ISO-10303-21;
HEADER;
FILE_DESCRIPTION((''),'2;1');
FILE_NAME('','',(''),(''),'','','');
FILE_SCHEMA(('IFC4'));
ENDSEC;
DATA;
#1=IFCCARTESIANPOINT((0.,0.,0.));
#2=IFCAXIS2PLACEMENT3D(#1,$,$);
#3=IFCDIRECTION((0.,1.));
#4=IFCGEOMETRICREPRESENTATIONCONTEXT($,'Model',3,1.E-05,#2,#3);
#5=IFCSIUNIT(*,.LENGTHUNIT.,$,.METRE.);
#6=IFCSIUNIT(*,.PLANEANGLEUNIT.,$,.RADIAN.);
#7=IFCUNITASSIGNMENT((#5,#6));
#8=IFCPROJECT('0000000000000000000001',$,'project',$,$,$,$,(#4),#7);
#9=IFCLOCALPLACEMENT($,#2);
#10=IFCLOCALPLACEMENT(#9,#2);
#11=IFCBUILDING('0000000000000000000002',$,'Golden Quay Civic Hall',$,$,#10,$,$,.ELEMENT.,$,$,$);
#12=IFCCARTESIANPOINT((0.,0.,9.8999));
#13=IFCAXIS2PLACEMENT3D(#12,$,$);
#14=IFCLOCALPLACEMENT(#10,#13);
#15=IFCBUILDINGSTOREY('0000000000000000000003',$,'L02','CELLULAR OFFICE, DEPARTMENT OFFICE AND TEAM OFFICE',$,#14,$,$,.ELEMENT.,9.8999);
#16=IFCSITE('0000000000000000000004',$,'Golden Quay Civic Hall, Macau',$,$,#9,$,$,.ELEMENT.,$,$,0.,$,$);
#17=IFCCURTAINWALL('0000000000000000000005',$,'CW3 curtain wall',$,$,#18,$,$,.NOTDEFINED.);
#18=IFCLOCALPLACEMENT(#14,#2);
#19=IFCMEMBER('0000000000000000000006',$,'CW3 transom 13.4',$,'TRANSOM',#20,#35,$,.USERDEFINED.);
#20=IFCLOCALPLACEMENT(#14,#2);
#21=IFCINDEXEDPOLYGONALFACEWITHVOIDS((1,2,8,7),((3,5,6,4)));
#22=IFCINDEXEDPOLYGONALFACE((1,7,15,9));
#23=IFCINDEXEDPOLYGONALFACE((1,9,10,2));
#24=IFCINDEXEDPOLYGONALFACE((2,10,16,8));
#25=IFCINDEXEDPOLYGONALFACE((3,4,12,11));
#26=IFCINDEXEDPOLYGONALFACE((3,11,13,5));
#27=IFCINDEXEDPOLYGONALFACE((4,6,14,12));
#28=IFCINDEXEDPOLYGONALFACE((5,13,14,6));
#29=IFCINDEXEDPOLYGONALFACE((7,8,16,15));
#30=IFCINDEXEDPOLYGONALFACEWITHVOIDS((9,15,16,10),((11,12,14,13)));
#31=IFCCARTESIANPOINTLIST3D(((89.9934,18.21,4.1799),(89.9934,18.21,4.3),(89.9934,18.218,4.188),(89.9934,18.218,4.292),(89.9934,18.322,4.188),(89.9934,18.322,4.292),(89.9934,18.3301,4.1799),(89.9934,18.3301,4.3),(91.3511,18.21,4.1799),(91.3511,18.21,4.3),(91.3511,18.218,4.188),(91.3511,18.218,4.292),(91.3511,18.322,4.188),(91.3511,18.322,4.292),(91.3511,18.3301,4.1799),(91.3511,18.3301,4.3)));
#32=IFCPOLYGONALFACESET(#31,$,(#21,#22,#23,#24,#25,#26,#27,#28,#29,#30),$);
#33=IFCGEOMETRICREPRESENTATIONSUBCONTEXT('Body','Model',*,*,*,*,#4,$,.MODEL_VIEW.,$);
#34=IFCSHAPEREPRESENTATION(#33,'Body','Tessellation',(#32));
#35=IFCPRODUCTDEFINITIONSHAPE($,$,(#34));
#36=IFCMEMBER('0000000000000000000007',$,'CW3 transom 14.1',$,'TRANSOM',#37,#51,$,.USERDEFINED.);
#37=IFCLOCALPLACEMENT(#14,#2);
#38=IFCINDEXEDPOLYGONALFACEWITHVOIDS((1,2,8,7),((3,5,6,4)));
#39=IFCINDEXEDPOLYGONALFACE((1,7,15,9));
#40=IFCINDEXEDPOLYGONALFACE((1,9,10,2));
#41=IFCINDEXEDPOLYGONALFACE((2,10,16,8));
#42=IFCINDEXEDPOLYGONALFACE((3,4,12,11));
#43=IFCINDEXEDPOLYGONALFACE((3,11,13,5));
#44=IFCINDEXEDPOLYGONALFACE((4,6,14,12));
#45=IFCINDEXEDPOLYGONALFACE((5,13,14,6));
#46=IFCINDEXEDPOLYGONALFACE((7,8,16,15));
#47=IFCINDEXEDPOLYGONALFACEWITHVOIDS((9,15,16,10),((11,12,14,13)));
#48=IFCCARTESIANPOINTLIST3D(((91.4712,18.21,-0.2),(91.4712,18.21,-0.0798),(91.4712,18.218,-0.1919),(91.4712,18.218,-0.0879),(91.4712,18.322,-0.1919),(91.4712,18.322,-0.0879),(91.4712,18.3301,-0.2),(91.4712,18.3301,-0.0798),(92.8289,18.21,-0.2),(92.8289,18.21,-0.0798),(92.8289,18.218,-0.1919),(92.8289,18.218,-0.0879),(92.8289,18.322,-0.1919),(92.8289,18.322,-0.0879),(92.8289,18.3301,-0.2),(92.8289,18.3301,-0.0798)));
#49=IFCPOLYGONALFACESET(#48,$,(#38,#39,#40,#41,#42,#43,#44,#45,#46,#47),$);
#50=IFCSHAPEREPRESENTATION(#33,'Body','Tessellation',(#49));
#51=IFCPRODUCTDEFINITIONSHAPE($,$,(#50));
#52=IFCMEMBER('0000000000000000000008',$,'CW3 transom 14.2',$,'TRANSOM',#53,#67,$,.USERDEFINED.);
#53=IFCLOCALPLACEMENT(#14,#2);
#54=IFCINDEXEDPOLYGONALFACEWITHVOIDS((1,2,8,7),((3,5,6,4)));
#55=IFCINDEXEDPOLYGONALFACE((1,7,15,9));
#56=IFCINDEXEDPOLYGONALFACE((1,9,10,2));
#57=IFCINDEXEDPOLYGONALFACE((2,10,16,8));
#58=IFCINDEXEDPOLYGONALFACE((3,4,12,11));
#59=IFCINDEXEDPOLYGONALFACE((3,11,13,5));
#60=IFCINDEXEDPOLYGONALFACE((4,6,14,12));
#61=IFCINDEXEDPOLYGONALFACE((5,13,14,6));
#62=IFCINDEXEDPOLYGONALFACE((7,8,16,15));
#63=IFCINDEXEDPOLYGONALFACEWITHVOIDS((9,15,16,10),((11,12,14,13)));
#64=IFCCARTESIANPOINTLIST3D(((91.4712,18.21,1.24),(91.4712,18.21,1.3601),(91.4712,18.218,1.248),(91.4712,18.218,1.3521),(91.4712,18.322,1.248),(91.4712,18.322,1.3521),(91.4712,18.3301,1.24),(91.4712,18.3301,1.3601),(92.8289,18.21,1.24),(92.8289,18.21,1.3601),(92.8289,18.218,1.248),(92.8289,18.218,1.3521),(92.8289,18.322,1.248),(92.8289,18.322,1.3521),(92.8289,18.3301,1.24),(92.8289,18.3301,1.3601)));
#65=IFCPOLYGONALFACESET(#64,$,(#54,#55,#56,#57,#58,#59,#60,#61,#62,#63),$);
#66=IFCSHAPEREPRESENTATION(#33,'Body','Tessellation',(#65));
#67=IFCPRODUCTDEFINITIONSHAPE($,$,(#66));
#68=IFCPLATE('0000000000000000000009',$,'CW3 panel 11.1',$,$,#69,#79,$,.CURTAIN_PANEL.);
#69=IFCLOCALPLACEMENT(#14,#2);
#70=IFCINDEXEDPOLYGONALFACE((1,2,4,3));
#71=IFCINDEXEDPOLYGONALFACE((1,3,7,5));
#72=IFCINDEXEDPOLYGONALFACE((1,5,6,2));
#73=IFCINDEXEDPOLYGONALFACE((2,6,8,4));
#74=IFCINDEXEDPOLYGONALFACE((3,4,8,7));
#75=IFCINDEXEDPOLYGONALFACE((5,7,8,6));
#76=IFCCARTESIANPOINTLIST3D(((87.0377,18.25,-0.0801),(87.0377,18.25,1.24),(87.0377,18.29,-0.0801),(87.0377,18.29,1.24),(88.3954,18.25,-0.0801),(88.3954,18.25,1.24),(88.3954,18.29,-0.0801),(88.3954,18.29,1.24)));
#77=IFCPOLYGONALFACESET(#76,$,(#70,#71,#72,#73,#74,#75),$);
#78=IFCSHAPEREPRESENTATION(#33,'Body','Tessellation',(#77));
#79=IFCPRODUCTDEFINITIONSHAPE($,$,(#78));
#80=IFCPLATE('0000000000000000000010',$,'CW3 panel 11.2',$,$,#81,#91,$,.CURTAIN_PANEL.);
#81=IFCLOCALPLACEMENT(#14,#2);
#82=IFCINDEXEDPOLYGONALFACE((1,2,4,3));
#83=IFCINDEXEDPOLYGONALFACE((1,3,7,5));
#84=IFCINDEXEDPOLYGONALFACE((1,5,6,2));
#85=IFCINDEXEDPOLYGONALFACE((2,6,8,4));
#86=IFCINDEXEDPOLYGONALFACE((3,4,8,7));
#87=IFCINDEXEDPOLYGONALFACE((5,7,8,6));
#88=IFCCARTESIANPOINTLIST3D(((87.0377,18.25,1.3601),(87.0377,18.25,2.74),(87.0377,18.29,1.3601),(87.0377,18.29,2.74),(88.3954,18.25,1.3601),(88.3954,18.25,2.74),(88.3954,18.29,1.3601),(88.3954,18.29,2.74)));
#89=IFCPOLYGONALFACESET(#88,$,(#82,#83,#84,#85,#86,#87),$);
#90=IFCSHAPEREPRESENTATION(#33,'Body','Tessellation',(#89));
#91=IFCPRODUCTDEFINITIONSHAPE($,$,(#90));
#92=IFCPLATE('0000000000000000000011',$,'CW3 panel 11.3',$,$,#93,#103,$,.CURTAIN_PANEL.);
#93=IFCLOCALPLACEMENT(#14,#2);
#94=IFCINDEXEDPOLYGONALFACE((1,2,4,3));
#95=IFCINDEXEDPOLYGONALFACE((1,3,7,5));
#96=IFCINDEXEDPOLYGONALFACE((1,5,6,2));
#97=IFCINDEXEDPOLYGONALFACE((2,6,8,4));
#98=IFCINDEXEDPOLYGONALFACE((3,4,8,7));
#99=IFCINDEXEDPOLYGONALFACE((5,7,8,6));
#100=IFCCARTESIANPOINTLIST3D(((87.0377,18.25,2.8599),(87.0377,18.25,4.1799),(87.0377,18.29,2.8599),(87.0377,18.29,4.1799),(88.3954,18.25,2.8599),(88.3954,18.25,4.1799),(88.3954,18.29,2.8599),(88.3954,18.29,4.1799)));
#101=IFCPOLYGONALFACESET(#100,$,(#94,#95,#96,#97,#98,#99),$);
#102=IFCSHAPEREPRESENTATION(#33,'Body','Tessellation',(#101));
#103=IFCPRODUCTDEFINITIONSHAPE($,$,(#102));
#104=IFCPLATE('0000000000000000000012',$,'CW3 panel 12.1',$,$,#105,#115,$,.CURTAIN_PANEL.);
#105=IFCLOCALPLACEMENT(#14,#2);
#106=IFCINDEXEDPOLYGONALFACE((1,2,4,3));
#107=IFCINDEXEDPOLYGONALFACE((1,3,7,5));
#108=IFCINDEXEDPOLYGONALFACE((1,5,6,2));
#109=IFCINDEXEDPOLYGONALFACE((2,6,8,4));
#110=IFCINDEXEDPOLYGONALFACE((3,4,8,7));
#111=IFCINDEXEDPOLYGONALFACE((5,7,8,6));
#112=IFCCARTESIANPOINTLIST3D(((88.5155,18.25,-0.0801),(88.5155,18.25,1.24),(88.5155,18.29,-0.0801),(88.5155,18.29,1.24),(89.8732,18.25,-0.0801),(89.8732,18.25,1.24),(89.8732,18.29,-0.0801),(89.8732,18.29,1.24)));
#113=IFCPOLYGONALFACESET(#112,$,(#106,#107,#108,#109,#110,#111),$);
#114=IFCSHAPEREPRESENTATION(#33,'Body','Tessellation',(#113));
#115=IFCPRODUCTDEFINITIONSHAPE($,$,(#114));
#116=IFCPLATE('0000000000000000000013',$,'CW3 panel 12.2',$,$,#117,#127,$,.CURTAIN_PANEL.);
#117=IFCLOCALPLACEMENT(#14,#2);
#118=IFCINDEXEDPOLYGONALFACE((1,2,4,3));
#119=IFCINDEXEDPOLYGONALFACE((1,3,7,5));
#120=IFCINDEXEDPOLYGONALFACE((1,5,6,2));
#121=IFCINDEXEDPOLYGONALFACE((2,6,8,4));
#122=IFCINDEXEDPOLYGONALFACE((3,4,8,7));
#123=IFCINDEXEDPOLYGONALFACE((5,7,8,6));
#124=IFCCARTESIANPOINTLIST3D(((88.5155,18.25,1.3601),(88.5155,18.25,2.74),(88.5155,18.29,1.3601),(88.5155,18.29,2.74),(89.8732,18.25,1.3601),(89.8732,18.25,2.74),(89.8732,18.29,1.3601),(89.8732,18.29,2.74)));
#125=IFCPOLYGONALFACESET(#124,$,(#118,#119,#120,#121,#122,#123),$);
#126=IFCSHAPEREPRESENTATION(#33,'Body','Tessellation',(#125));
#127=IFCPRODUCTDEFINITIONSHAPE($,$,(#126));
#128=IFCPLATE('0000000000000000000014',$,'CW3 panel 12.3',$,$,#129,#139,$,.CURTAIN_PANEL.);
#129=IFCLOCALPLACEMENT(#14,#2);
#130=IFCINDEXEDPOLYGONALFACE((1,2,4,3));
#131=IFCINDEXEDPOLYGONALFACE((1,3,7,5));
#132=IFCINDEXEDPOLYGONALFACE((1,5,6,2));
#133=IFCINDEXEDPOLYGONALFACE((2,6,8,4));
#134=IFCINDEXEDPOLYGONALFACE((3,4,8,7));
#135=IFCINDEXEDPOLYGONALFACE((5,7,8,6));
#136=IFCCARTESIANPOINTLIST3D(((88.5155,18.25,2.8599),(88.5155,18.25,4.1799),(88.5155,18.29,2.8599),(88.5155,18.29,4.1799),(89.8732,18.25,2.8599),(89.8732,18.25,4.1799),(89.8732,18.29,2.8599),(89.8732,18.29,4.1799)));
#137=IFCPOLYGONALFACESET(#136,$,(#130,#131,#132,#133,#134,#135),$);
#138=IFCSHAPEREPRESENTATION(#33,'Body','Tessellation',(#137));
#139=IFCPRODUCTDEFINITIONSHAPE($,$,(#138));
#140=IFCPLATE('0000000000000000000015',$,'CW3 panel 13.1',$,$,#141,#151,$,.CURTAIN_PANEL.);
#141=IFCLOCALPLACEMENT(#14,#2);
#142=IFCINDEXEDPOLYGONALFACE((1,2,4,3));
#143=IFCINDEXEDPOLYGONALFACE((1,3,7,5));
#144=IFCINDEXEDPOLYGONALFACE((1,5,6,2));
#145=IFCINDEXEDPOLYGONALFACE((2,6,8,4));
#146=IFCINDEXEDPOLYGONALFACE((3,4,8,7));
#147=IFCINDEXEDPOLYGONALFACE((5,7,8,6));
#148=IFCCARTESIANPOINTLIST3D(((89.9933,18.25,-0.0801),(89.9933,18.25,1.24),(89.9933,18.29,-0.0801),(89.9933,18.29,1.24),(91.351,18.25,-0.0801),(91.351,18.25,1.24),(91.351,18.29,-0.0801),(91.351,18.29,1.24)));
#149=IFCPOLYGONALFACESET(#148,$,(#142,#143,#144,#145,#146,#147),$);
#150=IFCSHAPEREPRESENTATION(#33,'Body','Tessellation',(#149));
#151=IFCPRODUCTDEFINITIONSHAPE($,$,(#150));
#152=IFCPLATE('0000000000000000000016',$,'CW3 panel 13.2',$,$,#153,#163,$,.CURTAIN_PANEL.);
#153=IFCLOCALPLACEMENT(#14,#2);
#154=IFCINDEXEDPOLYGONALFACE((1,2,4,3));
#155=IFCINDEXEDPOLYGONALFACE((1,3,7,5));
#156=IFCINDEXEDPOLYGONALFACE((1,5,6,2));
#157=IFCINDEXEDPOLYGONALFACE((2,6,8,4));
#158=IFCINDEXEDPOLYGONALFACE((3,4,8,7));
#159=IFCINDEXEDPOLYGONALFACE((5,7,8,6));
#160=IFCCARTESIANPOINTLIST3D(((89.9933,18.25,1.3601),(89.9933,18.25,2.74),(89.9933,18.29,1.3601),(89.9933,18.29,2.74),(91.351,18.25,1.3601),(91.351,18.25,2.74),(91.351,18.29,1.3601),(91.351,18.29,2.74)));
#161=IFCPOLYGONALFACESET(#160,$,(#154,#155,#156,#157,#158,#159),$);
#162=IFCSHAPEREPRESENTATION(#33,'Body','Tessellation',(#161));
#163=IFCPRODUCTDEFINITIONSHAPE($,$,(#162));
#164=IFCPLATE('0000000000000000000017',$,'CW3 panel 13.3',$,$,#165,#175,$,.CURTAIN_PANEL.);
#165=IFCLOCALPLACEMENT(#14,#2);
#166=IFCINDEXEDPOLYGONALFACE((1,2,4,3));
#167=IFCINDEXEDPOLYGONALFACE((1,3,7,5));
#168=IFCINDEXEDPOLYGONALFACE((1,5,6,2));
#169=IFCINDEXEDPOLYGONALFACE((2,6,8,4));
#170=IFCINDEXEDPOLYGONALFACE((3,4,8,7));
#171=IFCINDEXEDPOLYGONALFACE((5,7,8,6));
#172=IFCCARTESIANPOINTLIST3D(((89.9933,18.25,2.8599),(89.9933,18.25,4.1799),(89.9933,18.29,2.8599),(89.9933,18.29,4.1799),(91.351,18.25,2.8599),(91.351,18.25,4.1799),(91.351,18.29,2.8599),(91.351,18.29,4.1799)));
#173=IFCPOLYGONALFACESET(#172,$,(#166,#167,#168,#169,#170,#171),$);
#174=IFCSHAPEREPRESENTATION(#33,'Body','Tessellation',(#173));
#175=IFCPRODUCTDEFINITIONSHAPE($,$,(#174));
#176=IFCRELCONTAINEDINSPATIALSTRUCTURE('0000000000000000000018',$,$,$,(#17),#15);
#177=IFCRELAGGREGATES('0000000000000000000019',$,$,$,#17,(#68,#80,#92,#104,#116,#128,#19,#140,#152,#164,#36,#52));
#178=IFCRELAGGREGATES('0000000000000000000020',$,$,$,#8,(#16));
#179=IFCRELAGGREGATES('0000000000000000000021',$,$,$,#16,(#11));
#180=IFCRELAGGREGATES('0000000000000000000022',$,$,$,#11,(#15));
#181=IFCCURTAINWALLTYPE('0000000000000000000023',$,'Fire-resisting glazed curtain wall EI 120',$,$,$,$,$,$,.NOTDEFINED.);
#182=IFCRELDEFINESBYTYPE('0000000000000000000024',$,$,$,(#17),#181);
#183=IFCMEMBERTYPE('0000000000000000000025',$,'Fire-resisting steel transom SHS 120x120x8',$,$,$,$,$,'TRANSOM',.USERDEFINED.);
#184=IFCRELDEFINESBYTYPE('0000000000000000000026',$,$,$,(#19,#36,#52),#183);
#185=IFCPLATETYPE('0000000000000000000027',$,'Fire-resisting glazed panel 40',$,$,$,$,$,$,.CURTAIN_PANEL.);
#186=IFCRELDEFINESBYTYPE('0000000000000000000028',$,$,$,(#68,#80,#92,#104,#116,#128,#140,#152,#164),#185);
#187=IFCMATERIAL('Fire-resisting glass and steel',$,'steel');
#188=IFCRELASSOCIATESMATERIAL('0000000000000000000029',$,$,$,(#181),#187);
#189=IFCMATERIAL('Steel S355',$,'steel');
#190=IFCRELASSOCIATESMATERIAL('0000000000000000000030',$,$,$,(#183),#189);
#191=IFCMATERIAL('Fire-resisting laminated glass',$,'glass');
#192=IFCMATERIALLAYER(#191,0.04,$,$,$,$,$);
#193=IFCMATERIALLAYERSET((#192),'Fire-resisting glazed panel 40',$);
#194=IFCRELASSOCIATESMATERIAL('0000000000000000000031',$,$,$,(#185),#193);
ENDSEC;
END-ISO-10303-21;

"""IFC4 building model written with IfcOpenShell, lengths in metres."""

from ifc_helpers import new_model, si_unit, direction, frame, origin, origin_2d, place, context, subcontext, project, spatial, rectangle, hollow_rectangle, extrude, material, layer, layer_set, material_profile, profile_set, type_object, element, aggregate, save


model = new_model("IFC4")

# Units and contexts
model_context = context("Model", 3, precision=1e-05, world=origin(), true_north=direction((0.0, 1.0)))
body_context = subcontext(model_context, "Body", "Model", "MODEL_VIEW")
ifc_project = project(units=[si_unit("LENGTHUNIT", "METRE"), si_unit("PLANEANGLEUNIT", "RADIAN")], contexts=[model_context])

# Site, building, storey
site_placement = place(None, origin())
site = spatial("IfcSite", under=ifc_project, at=site_placement, Name="Golden Quay Civic Hall, Macau", CompositionType="ELEMENT", RefElevation=0.0)
building_placement = place(site_placement, origin())
building = spatial("IfcBuilding", under=site, at=building_placement, Name="Golden Quay Civic Hall", CompositionType="ELEMENT")
storey_placement = place(building_placement, frame((0.0, 0.0, 9.8999)))
storey = spatial("IfcBuildingStorey", under=building, at=storey_placement, Name="L02", Description="CELLULAR OFFICE, DEPARTMENT OFFICE AND TEAM OFFICE", CompositionType="ELEMENT", Elevation=9.8999)

# Curtain wall, members, plates
ifc_material_1 = material(Name="Fire-resisting glass and steel", Category="steel")
curtain_wall_type = type_object("IfcCurtainWallType", Name="Fire-resisting glazed curtain wall EI 120", PredefinedType="NOTDEFINED", material=ifc_material_1)
curtain_wall_placement = place(storey_placement, origin())
curtain_wall = element("IfcCurtainWall", 1, at=curtain_wall_placement, inside=storey, type_object=curtain_wall_type, Name="CW3 curtain wall", PredefinedType="NOTDEFINED")
ifc_material_2 = material(Name="Steel S355", Category="steel")
ifc_material_profile_1 = material_profile(ifc_material_2, hollow_rectangle(XDim=0.1201, YDim=0.1201, WallThickness=0.0081, at=origin_2d()), Name="SHS 120x120x8")
ifc_profile_set_1 = profile_set([ifc_material_profile_1], Name="Steel S355")
member_type_1 = type_object("IfcMemberType", Name="Fire-resisting steel transom SHS 120x120x8", ElementType="TRANSOM", PredefinedType="USERDEFINED", material=ifc_profile_set_1)
member_1_placement = place(storey_placement, frame((89.9934, 18.27, 4.24), z_axis=(1.0, 0.0, 0.0), x_axis=(0.0, 1.0, 0.0)))
member_1 = element("IfcMember", 2, at=member_1_placement, type_object=member_type_1, Name="CW3 transom 13.4", ObjectType="TRANSOM", PredefinedType="USERDEFINED", context=body_context, shape_type="SweptSolid", body=[
    extrude(hollow_rectangle(XDim=0.1201, YDim=0.1201, WallThickness=0.0081, at=origin_2d()), origin(), (0.0, 0.0, 1.0), 1.3577),
])
member_2_placement = place(storey_placement, frame((91.4712, 18.27, -0.1399), z_axis=(1.0, 0.0, 0.0), x_axis=(0.0, 1.0, 0.0)))
member_2 = element("IfcMember", 3, at=member_2_placement, type_object=member_type_1, Name="CW3 transom 14.1", ObjectType="TRANSOM", PredefinedType="USERDEFINED", context=body_context, shape_type="SweptSolid", body=[
    extrude(hollow_rectangle(XDim=0.1201, YDim=0.1201, WallThickness=0.0081, at=origin_2d()), origin(), (0.0, 0.0, 1.0), 1.3577),
])
member_3_placement = place(storey_placement, frame((91.4712, 18.27, 1.3), z_axis=(1.0, 0.0, 0.0), x_axis=(0.0, 1.0, 0.0)))
member_3 = element("IfcMember", 4, at=member_3_placement, type_object=member_type_1, Name="CW3 transom 14.2", ObjectType="TRANSOM", PredefinedType="USERDEFINED", context=body_context, shape_type="SweptSolid", body=[
    extrude(hollow_rectangle(XDim=0.1201, YDim=0.1201, WallThickness=0.0081, at=origin_2d()), origin(), (0.0, 0.0, 1.0), 1.3577),
])
ifc_material_3 = material(Name="Fire-resisting laminated glass", Category="glass")
ifc_layer = layer(ifc_material_3, 0.04)
ifc_layer_set = layer_set([ifc_layer], Name="Fire-resisting glazed panel 40")
plate_type = type_object("IfcPlateType", Name="Fire-resisting glazed panel 40", PredefinedType="CURTAIN_PANEL", material=ifc_layer_set)
plate_1_placement = place(storey_placement, frame((87.7166, 18.27, -0.0801), z_axis=(0.0, 0.0, 1.0), x_axis=(1.0, 0.0, 0.0)))
plate_1 = element("IfcPlate", 5, at=plate_1_placement, type_object=plate_type, Name="CW3 panel 11.1", PredefinedType="CURTAIN_PANEL", context=body_context, shape_type="SweptSolid", body=[
    extrude(rectangle(XDim=1.3577, YDim=0.04, at=origin_2d()), origin(), (0.0, 0.0, 1.0), 1.3201),
])
plate_2_placement = place(storey_placement, frame((87.7166, 18.27, 1.3601), z_axis=(0.0, 0.0, 1.0), x_axis=(1.0, 0.0, 0.0)))
plate_2 = element("IfcPlate", 6, at=plate_2_placement, type_object=plate_type, Name="CW3 panel 11.2", PredefinedType="CURTAIN_PANEL", context=body_context, shape_type="SweptSolid", body=[
    extrude(rectangle(XDim=1.3577, YDim=0.04, at=origin_2d()), origin(), (0.0, 0.0, 1.0), 1.3799),
])
plate_3_placement = place(storey_placement, frame((87.7166, 18.27, 2.8599), z_axis=(0.0, 0.0, 1.0), x_axis=(1.0, 0.0, 0.0)))
plate_3 = element("IfcPlate", 7, at=plate_3_placement, type_object=plate_type, Name="CW3 panel 11.3", PredefinedType="CURTAIN_PANEL", context=body_context, shape_type="SweptSolid", body=[
    extrude(rectangle(XDim=1.3577, YDim=0.04, at=origin_2d()), origin(), (0.0, 0.0, 1.0), 1.3201),
])
plate_4_placement = place(storey_placement, frame((89.1943, 18.27, -0.0801), z_axis=(0.0, 0.0, 1.0), x_axis=(1.0, 0.0, 0.0)))
plate_4 = element("IfcPlate", 8, at=plate_4_placement, type_object=plate_type, Name="CW3 panel 12.1", PredefinedType="CURTAIN_PANEL", context=body_context, shape_type="SweptSolid", body=[
    extrude(rectangle(XDim=1.3577, YDim=0.04, at=origin_2d()), origin(), (0.0, 0.0, 1.0), 1.3201),
])
plate_5_placement = place(storey_placement, frame((89.1943, 18.27, 1.3601), z_axis=(0.0, 0.0, 1.0), x_axis=(1.0, 0.0, 0.0)))
plate_5 = element("IfcPlate", 9, at=plate_5_placement, type_object=plate_type, Name="CW3 panel 12.2", PredefinedType="CURTAIN_PANEL", context=body_context, shape_type="SweptSolid", body=[
    extrude(rectangle(XDim=1.3577, YDim=0.04, at=origin_2d()), origin(), (0.0, 0.0, 1.0), 1.3799),
])
plate_6_placement = place(storey_placement, frame((89.1943, 18.27, 2.8599), z_axis=(0.0, 0.0, 1.0), x_axis=(1.0, 0.0, 0.0)))
plate_6 = element("IfcPlate", 10, at=plate_6_placement, type_object=plate_type, Name="CW3 panel 12.3", PredefinedType="CURTAIN_PANEL", context=body_context, shape_type="SweptSolid", body=[
    extrude(rectangle(XDim=1.3577, YDim=0.04, at=origin_2d()), origin(), (0.0, 0.0, 1.0), 1.3201),
])
plate_7_placement = place(storey_placement, frame((90.6721, 18.27, -0.0801), z_axis=(0.0, 0.0, 1.0), x_axis=(1.0, 0.0, 0.0)))
plate_7 = element("IfcPlate", 11, at=plate_7_placement, type_object=plate_type, Name="CW3 panel 13.1", PredefinedType="CURTAIN_PANEL", context=body_context, shape_type="SweptSolid", body=[
    extrude(rectangle(XDim=1.3577, YDim=0.04, at=origin_2d()), origin(), (0.0, 0.0, 1.0), 1.3201),
])
plate_8_placement = place(storey_placement, frame((90.6721, 18.27, 1.3601), z_axis=(0.0, 0.0, 1.0), x_axis=(1.0, 0.0, 0.0)))
plate_8 = element("IfcPlate", 12, at=plate_8_placement, type_object=plate_type, Name="CW3 panel 13.2", PredefinedType="CURTAIN_PANEL", context=body_context, shape_type="SweptSolid", body=[
    extrude(rectangle(XDim=1.3577, YDim=0.04, at=origin_2d()), origin(), (0.0, 0.0, 1.0), 1.3799),
])
plate_9_placement = place(storey_placement, frame((90.6721, 18.27, 2.8599), z_axis=(0.0, 0.0, 1.0), x_axis=(1.0, 0.0, 0.0)))
plate_9 = element("IfcPlate", 13, at=plate_9_placement, type_object=plate_type, Name="CW3 panel 13.3", PredefinedType="CURTAIN_PANEL", context=body_context, shape_type="SweptSolid", body=[
    extrude(rectangle(XDim=1.3577, YDim=0.04, at=origin_2d()), origin(), (0.0, 0.0, 1.0), 1.3201),
])
aggregate(curtain_wall, [plate_1, plate_2, plate_3, plate_4, plate_5, plate_6, member_1, plate_7, plate_8, plate_9, member_2, member_3])

save(model, "model.ifc")
